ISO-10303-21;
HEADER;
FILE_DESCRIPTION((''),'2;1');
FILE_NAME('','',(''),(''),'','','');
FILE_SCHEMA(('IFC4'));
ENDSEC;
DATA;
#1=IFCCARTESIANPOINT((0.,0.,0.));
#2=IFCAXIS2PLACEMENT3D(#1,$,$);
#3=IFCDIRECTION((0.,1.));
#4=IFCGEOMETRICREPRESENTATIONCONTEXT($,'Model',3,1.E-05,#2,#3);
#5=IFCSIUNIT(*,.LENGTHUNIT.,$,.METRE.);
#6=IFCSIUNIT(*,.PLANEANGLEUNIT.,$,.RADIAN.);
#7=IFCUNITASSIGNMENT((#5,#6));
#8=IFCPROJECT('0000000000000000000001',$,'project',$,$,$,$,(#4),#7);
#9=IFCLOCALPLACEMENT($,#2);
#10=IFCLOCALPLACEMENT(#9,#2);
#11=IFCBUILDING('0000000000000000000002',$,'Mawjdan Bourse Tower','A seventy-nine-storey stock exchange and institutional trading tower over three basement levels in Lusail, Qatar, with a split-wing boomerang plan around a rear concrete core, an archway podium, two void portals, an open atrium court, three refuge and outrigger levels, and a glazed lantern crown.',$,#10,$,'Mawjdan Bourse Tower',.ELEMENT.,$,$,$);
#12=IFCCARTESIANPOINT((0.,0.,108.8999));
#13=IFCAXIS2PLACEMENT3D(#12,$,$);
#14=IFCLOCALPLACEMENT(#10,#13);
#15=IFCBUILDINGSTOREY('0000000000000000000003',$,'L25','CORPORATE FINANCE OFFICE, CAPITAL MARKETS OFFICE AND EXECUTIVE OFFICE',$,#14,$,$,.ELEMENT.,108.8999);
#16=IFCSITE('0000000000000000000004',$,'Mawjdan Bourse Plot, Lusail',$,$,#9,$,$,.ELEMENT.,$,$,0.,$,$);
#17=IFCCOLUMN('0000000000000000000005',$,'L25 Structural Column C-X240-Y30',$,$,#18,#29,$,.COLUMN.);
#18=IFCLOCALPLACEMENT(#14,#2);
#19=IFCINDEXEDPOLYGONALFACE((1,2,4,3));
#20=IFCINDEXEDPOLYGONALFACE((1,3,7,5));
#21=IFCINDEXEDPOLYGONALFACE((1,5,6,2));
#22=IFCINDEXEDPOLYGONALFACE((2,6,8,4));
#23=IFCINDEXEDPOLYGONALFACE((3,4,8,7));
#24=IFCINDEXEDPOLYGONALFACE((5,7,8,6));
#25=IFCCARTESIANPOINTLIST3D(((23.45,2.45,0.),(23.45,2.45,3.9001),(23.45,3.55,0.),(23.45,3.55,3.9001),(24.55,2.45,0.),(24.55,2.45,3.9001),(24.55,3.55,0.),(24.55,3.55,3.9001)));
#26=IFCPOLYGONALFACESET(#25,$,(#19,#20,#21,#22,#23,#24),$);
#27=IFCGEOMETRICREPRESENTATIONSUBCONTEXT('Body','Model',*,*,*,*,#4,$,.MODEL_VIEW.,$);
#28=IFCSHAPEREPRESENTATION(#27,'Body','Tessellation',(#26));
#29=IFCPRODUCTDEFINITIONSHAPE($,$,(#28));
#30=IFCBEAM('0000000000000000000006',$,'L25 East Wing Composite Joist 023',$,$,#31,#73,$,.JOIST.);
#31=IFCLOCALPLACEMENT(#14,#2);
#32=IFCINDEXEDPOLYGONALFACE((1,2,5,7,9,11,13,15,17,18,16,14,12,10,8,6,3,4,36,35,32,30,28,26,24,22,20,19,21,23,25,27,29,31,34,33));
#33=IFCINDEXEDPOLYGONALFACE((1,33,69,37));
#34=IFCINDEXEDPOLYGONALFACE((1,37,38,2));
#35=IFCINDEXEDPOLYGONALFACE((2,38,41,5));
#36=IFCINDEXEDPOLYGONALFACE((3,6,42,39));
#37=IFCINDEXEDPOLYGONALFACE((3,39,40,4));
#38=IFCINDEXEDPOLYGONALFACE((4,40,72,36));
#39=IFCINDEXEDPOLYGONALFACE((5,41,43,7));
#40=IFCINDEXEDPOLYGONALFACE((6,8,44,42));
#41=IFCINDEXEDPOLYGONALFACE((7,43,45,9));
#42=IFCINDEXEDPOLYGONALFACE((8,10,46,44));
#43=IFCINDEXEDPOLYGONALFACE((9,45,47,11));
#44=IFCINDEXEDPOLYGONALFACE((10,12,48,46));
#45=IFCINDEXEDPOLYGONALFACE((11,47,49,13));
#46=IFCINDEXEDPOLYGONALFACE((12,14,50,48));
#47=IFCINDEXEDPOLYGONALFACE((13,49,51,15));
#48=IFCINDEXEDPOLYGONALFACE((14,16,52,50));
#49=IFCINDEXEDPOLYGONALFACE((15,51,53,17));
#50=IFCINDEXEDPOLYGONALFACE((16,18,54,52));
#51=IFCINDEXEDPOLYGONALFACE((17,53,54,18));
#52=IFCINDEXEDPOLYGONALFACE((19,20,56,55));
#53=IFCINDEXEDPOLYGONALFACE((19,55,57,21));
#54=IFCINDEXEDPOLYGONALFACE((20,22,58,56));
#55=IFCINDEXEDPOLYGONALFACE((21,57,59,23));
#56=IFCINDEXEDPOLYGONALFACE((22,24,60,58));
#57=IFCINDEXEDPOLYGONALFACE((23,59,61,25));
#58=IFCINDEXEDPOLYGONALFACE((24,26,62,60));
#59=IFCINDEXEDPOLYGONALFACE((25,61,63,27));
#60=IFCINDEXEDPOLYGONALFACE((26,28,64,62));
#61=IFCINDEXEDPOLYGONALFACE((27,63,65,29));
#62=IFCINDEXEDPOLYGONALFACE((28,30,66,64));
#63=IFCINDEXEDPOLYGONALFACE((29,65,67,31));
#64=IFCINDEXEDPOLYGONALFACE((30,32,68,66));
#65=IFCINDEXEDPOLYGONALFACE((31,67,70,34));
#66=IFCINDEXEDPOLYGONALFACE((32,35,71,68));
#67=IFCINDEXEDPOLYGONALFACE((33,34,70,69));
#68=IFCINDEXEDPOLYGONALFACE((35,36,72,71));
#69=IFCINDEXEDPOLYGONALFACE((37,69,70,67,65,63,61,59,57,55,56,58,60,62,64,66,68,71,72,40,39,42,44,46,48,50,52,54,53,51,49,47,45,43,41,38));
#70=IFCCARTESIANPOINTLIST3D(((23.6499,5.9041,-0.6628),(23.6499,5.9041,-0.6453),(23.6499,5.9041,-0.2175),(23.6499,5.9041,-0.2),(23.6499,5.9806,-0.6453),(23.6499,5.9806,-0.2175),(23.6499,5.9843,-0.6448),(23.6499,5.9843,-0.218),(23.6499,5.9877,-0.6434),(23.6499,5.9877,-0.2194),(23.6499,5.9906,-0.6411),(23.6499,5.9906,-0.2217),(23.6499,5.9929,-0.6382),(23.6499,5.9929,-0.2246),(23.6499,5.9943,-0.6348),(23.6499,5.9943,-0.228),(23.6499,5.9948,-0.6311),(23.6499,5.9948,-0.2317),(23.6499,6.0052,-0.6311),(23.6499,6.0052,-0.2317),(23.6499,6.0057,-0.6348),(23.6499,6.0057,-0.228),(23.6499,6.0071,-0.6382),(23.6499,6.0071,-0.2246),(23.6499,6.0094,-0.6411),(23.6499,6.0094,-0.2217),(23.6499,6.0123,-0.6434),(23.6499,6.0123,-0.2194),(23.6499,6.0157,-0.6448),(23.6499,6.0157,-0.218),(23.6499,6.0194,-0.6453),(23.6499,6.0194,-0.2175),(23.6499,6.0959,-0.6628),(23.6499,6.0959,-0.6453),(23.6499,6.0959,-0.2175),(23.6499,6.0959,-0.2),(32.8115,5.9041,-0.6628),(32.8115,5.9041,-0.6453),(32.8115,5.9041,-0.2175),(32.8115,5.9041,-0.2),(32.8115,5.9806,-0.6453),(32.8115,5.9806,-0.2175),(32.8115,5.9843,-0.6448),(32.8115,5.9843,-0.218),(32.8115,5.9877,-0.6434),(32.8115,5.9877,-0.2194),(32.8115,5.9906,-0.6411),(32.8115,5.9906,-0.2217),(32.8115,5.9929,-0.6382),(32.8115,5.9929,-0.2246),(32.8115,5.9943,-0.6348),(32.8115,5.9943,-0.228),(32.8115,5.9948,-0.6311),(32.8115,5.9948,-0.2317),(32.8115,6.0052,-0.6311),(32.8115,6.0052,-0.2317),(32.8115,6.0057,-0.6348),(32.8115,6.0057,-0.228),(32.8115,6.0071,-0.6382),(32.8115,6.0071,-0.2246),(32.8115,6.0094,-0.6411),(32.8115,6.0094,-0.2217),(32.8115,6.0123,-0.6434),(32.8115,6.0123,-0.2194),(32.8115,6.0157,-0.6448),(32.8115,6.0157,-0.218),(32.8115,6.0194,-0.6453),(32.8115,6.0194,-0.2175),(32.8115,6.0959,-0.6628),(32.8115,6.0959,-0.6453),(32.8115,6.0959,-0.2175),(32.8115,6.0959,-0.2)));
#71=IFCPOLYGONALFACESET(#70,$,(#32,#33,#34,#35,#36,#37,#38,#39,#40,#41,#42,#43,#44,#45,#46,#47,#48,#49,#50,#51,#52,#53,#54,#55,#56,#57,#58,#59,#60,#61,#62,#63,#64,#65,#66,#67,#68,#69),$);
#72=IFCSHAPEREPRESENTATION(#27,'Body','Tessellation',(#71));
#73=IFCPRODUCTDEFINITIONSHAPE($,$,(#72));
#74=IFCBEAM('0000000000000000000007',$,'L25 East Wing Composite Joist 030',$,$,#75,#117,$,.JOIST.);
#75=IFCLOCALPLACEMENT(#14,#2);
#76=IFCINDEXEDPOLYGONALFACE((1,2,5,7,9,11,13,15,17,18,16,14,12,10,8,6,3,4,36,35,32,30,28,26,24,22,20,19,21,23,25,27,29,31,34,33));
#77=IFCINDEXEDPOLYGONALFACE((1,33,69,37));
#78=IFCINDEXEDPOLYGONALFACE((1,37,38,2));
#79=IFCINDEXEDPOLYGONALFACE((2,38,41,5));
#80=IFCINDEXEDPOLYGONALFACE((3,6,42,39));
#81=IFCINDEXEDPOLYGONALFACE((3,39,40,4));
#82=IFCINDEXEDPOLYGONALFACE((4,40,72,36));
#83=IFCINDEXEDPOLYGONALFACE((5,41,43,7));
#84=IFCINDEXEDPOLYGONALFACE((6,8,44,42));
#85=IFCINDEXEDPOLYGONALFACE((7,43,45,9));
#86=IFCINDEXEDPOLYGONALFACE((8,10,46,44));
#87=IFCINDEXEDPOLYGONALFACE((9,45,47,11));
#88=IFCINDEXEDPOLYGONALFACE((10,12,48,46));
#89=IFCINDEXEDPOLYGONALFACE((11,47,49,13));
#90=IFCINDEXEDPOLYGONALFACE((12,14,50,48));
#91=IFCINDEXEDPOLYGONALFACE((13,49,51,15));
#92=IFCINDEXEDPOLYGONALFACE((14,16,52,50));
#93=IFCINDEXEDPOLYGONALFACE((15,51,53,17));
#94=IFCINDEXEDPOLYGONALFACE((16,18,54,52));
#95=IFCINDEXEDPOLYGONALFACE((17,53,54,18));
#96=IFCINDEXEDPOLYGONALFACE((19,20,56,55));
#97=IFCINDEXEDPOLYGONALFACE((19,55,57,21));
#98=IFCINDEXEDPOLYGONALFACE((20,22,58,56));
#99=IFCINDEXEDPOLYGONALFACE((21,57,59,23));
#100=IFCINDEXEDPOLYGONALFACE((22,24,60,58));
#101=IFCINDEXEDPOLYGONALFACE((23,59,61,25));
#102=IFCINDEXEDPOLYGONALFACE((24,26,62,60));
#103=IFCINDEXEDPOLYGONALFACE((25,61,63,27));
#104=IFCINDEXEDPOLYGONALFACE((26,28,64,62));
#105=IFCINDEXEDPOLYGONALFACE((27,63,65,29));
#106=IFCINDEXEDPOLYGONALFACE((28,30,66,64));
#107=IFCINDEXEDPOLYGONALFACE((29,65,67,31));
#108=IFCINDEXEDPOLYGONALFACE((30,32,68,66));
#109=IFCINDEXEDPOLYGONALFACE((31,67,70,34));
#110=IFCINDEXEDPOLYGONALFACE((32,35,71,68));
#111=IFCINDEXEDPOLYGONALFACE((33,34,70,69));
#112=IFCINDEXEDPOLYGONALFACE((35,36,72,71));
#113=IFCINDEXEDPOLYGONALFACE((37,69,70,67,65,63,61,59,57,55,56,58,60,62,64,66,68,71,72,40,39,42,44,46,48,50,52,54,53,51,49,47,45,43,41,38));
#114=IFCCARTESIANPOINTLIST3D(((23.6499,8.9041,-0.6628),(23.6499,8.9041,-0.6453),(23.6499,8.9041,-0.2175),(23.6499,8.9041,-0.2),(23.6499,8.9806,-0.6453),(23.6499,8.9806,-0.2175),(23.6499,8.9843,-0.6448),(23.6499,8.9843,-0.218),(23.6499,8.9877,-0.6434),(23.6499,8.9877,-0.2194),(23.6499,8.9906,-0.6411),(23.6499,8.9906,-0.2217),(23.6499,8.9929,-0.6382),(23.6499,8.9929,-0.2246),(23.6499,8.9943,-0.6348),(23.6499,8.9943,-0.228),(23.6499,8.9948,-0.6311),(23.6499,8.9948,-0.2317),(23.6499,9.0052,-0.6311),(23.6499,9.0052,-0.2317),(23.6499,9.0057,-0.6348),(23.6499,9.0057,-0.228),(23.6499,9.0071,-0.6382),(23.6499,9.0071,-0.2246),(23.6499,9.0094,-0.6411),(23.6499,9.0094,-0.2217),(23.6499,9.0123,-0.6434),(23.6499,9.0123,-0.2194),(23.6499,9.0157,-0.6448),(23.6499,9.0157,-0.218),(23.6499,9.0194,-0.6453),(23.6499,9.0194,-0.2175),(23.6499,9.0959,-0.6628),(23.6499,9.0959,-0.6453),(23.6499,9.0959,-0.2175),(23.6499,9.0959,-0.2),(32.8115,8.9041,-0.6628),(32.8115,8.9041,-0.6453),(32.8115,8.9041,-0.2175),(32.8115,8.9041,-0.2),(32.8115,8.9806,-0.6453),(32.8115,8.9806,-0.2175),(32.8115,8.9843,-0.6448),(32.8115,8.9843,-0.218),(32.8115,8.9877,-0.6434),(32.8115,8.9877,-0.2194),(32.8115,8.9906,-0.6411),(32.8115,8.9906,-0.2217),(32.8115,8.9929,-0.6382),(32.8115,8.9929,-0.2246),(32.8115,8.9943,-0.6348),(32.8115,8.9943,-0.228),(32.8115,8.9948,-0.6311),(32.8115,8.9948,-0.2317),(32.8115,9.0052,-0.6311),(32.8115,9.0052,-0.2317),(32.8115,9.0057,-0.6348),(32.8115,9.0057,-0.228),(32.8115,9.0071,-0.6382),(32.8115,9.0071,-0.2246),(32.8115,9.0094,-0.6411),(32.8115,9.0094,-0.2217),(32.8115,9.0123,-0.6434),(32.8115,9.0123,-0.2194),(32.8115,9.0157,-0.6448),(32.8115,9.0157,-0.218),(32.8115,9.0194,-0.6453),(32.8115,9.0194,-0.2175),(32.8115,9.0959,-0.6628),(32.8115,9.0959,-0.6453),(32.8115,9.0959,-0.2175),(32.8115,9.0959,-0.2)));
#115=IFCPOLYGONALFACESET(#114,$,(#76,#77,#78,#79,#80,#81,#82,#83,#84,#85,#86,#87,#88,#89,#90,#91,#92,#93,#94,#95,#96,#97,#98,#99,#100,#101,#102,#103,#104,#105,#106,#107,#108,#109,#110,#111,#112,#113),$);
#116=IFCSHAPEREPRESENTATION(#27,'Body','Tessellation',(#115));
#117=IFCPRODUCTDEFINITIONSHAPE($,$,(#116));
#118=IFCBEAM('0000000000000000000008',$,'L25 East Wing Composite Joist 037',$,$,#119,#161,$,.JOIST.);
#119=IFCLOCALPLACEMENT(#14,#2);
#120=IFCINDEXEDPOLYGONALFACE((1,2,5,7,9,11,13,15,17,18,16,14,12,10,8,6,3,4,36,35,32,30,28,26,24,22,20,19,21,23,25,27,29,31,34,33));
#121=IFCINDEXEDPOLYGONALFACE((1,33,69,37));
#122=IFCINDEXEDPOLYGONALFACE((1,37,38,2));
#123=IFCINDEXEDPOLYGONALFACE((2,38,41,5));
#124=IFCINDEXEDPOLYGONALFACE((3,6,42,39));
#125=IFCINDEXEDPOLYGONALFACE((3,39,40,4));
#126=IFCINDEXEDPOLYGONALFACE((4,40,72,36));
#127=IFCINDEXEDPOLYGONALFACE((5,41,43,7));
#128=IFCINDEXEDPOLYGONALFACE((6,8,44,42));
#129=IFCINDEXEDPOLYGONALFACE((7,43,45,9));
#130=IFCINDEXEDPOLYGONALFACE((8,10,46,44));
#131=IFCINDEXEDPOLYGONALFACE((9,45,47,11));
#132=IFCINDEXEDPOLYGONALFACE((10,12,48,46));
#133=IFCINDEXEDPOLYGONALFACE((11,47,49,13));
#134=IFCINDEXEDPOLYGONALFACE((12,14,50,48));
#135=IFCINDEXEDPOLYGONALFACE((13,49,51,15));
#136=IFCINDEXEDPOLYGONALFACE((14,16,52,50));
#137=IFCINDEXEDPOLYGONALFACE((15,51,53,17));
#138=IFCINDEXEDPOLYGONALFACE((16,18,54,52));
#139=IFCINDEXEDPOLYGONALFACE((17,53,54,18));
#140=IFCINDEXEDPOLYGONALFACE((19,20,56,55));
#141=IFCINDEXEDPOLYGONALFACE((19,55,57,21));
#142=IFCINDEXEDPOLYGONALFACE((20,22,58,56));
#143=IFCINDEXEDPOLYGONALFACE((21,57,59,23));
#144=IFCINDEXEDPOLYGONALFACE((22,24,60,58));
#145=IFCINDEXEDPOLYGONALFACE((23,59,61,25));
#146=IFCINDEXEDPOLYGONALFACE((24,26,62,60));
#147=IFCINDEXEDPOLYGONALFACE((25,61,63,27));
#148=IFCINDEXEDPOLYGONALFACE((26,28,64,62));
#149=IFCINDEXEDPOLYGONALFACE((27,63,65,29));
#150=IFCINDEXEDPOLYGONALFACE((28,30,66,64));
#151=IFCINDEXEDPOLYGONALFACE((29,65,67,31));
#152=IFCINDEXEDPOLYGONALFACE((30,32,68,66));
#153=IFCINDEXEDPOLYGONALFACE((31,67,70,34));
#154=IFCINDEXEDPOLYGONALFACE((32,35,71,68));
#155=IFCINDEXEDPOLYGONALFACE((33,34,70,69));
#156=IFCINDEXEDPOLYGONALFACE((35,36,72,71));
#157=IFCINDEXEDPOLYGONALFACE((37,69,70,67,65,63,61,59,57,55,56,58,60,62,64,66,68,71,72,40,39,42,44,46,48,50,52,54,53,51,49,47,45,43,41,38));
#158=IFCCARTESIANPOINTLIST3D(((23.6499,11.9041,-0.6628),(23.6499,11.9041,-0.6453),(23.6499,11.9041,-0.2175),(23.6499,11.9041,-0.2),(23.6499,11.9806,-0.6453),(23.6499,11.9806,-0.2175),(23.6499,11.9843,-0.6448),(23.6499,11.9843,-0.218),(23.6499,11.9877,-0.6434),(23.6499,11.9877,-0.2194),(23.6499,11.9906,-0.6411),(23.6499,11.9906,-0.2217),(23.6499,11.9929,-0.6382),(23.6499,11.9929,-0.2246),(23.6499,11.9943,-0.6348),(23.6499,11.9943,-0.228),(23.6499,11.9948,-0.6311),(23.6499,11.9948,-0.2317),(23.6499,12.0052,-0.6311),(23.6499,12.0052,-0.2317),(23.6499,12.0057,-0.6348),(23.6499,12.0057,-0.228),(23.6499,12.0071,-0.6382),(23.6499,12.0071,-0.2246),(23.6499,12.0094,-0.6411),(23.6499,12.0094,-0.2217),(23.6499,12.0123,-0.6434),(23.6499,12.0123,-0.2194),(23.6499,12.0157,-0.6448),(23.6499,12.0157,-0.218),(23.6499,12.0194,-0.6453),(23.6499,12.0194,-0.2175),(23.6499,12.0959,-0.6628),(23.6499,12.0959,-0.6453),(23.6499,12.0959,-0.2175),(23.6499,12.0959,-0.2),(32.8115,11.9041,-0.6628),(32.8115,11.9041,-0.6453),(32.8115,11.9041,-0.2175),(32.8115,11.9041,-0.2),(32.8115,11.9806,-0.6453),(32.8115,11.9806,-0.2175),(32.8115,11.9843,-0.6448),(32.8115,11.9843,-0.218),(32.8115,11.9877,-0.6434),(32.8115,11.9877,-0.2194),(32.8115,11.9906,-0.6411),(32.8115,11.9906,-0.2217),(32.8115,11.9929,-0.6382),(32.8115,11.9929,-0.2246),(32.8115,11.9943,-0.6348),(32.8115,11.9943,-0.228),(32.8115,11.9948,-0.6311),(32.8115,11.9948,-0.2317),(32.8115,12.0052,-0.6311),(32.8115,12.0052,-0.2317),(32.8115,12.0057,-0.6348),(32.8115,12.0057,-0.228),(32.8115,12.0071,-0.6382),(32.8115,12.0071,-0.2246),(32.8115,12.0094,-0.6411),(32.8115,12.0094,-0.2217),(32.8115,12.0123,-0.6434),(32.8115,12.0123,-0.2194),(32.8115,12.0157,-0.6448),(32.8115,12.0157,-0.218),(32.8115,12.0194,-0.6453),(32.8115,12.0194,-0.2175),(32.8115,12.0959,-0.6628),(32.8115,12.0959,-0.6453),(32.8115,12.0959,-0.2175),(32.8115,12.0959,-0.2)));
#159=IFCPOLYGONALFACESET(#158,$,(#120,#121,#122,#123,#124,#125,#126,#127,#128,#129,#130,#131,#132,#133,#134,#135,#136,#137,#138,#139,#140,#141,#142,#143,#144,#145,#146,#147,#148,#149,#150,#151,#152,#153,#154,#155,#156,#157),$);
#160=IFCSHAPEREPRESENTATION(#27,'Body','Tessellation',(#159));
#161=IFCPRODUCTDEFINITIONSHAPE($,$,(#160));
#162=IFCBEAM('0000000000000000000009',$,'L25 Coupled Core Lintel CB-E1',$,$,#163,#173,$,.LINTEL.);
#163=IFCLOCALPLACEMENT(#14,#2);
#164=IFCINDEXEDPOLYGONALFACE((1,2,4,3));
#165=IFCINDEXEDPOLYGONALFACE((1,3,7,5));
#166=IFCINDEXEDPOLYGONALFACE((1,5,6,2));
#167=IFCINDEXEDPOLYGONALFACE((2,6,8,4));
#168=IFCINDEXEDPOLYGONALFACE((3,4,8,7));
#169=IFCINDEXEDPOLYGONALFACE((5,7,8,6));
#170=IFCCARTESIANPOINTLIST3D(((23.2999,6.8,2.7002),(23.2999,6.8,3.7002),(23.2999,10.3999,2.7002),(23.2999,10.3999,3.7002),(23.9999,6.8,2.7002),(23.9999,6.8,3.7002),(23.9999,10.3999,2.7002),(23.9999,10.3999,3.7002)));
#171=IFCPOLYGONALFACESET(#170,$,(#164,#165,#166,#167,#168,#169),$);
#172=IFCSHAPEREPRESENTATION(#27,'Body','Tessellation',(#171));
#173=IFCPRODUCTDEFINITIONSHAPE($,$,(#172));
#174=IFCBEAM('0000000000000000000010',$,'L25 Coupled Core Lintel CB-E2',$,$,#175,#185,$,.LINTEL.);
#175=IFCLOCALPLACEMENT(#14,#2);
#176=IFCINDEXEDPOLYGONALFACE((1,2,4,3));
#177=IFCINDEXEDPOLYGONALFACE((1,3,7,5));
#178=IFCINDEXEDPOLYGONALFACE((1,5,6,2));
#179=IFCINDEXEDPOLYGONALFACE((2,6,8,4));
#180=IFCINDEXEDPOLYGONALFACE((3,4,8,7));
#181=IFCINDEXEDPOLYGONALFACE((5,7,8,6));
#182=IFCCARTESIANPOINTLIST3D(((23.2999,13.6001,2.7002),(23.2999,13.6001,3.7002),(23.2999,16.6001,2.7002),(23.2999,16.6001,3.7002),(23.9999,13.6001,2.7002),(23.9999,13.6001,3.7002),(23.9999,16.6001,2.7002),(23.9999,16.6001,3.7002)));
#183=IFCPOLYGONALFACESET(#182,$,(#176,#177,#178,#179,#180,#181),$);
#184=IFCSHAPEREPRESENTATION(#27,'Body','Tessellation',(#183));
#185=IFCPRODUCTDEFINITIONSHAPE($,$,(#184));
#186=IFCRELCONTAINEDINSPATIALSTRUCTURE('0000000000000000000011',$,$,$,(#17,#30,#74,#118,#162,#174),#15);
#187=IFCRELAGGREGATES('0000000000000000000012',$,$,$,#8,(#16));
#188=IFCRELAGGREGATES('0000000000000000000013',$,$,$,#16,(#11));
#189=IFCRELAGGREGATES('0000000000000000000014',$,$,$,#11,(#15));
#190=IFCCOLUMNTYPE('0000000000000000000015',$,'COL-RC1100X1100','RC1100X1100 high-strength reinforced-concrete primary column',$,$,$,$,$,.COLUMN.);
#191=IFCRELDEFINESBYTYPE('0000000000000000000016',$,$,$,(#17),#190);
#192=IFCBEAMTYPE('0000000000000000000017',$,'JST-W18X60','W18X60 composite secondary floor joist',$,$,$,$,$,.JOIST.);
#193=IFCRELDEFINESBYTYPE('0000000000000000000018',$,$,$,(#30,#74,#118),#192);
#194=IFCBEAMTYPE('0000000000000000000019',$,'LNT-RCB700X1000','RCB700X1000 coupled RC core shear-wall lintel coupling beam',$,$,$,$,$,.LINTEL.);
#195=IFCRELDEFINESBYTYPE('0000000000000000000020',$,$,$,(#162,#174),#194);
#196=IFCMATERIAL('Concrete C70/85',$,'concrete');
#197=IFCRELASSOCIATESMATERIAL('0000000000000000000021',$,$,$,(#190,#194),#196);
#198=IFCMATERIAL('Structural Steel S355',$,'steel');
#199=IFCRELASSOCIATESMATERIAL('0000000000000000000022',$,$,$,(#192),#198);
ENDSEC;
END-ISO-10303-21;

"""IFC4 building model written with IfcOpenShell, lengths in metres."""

from ifc_helpers import new_model, si_unit, direction, frame, origin, origin_2d, place, context, subcontext, project, spatial, rectangle, i_section, extrude, material, material_profile, profile_set, type_object, element, save


model = new_model("IFC4")

# Units and contexts
model_context = context("Model", 3, precision=1e-05, world=origin(), true_north=direction((0.0, 1.0)))
body_context = subcontext(model_context, "Body", "Model", "MODEL_VIEW")
ifc_project = project(units=[si_unit("LENGTHUNIT", "METRE"), si_unit("PLANEANGLEUNIT", "RADIAN")], contexts=[model_context])

# Site, building, storey
site_placement = place(None, origin())
site = spatial("IfcSite", under=ifc_project, at=site_placement, Name="Mawjdan Bourse Plot, Lusail", CompositionType="ELEMENT", RefElevation=0.0)
building_placement = place(site_placement, origin())
building = spatial("IfcBuilding", under=site, at=building_placement, Name="Mawjdan Bourse Tower", Description="A seventy-nine-storey stock exchange and institutional trading tower over three basement levels in Lusail, Qatar, with a split-wing boomerang plan around a rear concrete core, an archway podium, two void portals, an open atrium court, three refuge and outrigger levels, and a glazed lantern crown.", LongName="Mawjdan Bourse Tower", CompositionType="ELEMENT")
storey_placement = place(building_placement, frame((0.0, 0.0, 108.8999)))
storey = spatial("IfcBuildingStorey", under=building, at=storey_placement, Name="L25", Description="CORPORATE FINANCE OFFICE, CAPITAL MARKETS OFFICE AND EXECUTIVE OFFICE", CompositionType="ELEMENT", Elevation=108.8999)

# Column
ifc_material_1 = material(Name="Concrete C70/85", Category="concrete")
ifc_material_profile_1 = material_profile(ifc_material_1, rectangle(XDim=1.1001, YDim=1.1001, at=origin_2d()), Name="RC1100X1100")
ifc_profile_set_1 = profile_set([ifc_material_profile_1], Name="Concrete C70/85")
column_type = type_object("IfcColumnType", Name="COL-RC1100X1100", Description="RC1100X1100 high-strength reinforced-concrete primary column", PredefinedType="COLUMN", material=ifc_profile_set_1)
column_placement = place(storey_placement, frame((24.0, 3.0, 0.0), z_axis=(0.0, 0.0, 1.0), x_axis=(1.0, 0.0, 0.0)))
element("IfcColumn", 1, at=column_placement, inside=storey, type_object=column_type, Name="L25 Structural Column C-X240-Y30", PredefinedType="COLUMN", context=body_context, shape_type="SweptSolid", body=[
    extrude(rectangle(XDim=1.1001, YDim=1.1001, at=origin_2d()), origin(), (0.0, 0.0, 1.0), 3.9001),
])

# Beams
ifc_material_2 = material(Name="Structural Steel S355", Category="steel")
ifc_material_profile_2 = material_profile(ifc_material_2, i_section(OverallWidth=0.1919, OverallDepth=0.4629, WebThickness=0.0105, FlangeThickness=0.0176, FilletRadius=0.0142, at=origin_2d()), Name="W18X60")
ifc_profile_set_2 = profile_set([ifc_material_profile_2], Name="Structural Steel S355")
beam_type_1 = type_object("IfcBeamType", Name="JST-W18X60", Description="W18X60 composite secondary floor joist", PredefinedType="JOIST", material=ifc_profile_set_2)
for number, where, z_axis, x_axis, name in (
    (2, (23.6499, 6.0, -0.4314), (1.0, 0.0, 0.0), (0.0, 1.0, 0.0), "L25 East Wing Composite Joist 023"),
    (3, (23.6499, 9.0, -0.4314), (1.0, 0.0, 0.0), (0.0, 1.0, 0.0), "L25 East Wing Composite Joist 030"),
    (4, (23.6499, 12.0, -0.4314), (1.0, 0.0, 0.0), (0.0, 1.0, 0.0), "L25 East Wing Composite Joist 037"),
):
    element("IfcBeam", number, at=place(storey_placement, frame(where, z_axis=z_axis, x_axis=x_axis)), inside=storey, type_object=beam_type_1, Name=name, PredefinedType="JOIST", context=body_context, shape_type="SweptSolid", body=[
        extrude(i_section(OverallWidth=0.1919, OverallDepth=0.4629, WebThickness=0.0105, FlangeThickness=0.0176, FilletRadius=0.0142, at=origin_2d()), origin(), (0.0, 0.0, 1.0), 9.1616),
    ])
ifc_material_profile_3 = material_profile(ifc_material_1, rectangle(XDim=0.7, YDim=1.0, at=origin_2d()), Name="RCB700X1000")
ifc_profile_set_3 = profile_set([ifc_material_profile_3], Name="Concrete C70/85")
beam_type_2 = type_object("IfcBeamType", Name="LNT-RCB700X1000", Description="RCB700X1000 coupled RC core shear-wall lintel coupling beam", PredefinedType="LINTEL", material=ifc_profile_set_3)
beam_1_placement = place(storey_placement, frame((23.6499, 6.8, 3.2002), z_axis=(0.0, 1.0, 0.0), x_axis=(-1.0, 0.0, 0.0)))
element("IfcBeam", 5, at=beam_1_placement, inside=storey, type_object=beam_type_2, Name="L25 Coupled Core Lintel CB-E1", PredefinedType="LINTEL", context=body_context, shape_type="SweptSolid", body=[
    extrude(rectangle(XDim=0.7, YDim=1.0, at=origin_2d()), origin(), (0.0, 0.0, 1.0), 3.5999),
])
beam_2_placement = place(storey_placement, frame((23.6499, 13.6001, 3.2002), z_axis=(0.0, 1.0, 0.0), x_axis=(-1.0, 0.0, 0.0)))
element("IfcBeam", 6, at=beam_2_placement, inside=storey, type_object=beam_type_2, Name="L25 Coupled Core Lintel CB-E2", PredefinedType="LINTEL", context=body_context, shape_type="SweptSolid", body=[
    extrude(rectangle(XDim=0.7, YDim=1.0, at=origin_2d()), origin(), (0.0, 0.0, 1.0), 3.0),
])

save(model, "model.ifc")
